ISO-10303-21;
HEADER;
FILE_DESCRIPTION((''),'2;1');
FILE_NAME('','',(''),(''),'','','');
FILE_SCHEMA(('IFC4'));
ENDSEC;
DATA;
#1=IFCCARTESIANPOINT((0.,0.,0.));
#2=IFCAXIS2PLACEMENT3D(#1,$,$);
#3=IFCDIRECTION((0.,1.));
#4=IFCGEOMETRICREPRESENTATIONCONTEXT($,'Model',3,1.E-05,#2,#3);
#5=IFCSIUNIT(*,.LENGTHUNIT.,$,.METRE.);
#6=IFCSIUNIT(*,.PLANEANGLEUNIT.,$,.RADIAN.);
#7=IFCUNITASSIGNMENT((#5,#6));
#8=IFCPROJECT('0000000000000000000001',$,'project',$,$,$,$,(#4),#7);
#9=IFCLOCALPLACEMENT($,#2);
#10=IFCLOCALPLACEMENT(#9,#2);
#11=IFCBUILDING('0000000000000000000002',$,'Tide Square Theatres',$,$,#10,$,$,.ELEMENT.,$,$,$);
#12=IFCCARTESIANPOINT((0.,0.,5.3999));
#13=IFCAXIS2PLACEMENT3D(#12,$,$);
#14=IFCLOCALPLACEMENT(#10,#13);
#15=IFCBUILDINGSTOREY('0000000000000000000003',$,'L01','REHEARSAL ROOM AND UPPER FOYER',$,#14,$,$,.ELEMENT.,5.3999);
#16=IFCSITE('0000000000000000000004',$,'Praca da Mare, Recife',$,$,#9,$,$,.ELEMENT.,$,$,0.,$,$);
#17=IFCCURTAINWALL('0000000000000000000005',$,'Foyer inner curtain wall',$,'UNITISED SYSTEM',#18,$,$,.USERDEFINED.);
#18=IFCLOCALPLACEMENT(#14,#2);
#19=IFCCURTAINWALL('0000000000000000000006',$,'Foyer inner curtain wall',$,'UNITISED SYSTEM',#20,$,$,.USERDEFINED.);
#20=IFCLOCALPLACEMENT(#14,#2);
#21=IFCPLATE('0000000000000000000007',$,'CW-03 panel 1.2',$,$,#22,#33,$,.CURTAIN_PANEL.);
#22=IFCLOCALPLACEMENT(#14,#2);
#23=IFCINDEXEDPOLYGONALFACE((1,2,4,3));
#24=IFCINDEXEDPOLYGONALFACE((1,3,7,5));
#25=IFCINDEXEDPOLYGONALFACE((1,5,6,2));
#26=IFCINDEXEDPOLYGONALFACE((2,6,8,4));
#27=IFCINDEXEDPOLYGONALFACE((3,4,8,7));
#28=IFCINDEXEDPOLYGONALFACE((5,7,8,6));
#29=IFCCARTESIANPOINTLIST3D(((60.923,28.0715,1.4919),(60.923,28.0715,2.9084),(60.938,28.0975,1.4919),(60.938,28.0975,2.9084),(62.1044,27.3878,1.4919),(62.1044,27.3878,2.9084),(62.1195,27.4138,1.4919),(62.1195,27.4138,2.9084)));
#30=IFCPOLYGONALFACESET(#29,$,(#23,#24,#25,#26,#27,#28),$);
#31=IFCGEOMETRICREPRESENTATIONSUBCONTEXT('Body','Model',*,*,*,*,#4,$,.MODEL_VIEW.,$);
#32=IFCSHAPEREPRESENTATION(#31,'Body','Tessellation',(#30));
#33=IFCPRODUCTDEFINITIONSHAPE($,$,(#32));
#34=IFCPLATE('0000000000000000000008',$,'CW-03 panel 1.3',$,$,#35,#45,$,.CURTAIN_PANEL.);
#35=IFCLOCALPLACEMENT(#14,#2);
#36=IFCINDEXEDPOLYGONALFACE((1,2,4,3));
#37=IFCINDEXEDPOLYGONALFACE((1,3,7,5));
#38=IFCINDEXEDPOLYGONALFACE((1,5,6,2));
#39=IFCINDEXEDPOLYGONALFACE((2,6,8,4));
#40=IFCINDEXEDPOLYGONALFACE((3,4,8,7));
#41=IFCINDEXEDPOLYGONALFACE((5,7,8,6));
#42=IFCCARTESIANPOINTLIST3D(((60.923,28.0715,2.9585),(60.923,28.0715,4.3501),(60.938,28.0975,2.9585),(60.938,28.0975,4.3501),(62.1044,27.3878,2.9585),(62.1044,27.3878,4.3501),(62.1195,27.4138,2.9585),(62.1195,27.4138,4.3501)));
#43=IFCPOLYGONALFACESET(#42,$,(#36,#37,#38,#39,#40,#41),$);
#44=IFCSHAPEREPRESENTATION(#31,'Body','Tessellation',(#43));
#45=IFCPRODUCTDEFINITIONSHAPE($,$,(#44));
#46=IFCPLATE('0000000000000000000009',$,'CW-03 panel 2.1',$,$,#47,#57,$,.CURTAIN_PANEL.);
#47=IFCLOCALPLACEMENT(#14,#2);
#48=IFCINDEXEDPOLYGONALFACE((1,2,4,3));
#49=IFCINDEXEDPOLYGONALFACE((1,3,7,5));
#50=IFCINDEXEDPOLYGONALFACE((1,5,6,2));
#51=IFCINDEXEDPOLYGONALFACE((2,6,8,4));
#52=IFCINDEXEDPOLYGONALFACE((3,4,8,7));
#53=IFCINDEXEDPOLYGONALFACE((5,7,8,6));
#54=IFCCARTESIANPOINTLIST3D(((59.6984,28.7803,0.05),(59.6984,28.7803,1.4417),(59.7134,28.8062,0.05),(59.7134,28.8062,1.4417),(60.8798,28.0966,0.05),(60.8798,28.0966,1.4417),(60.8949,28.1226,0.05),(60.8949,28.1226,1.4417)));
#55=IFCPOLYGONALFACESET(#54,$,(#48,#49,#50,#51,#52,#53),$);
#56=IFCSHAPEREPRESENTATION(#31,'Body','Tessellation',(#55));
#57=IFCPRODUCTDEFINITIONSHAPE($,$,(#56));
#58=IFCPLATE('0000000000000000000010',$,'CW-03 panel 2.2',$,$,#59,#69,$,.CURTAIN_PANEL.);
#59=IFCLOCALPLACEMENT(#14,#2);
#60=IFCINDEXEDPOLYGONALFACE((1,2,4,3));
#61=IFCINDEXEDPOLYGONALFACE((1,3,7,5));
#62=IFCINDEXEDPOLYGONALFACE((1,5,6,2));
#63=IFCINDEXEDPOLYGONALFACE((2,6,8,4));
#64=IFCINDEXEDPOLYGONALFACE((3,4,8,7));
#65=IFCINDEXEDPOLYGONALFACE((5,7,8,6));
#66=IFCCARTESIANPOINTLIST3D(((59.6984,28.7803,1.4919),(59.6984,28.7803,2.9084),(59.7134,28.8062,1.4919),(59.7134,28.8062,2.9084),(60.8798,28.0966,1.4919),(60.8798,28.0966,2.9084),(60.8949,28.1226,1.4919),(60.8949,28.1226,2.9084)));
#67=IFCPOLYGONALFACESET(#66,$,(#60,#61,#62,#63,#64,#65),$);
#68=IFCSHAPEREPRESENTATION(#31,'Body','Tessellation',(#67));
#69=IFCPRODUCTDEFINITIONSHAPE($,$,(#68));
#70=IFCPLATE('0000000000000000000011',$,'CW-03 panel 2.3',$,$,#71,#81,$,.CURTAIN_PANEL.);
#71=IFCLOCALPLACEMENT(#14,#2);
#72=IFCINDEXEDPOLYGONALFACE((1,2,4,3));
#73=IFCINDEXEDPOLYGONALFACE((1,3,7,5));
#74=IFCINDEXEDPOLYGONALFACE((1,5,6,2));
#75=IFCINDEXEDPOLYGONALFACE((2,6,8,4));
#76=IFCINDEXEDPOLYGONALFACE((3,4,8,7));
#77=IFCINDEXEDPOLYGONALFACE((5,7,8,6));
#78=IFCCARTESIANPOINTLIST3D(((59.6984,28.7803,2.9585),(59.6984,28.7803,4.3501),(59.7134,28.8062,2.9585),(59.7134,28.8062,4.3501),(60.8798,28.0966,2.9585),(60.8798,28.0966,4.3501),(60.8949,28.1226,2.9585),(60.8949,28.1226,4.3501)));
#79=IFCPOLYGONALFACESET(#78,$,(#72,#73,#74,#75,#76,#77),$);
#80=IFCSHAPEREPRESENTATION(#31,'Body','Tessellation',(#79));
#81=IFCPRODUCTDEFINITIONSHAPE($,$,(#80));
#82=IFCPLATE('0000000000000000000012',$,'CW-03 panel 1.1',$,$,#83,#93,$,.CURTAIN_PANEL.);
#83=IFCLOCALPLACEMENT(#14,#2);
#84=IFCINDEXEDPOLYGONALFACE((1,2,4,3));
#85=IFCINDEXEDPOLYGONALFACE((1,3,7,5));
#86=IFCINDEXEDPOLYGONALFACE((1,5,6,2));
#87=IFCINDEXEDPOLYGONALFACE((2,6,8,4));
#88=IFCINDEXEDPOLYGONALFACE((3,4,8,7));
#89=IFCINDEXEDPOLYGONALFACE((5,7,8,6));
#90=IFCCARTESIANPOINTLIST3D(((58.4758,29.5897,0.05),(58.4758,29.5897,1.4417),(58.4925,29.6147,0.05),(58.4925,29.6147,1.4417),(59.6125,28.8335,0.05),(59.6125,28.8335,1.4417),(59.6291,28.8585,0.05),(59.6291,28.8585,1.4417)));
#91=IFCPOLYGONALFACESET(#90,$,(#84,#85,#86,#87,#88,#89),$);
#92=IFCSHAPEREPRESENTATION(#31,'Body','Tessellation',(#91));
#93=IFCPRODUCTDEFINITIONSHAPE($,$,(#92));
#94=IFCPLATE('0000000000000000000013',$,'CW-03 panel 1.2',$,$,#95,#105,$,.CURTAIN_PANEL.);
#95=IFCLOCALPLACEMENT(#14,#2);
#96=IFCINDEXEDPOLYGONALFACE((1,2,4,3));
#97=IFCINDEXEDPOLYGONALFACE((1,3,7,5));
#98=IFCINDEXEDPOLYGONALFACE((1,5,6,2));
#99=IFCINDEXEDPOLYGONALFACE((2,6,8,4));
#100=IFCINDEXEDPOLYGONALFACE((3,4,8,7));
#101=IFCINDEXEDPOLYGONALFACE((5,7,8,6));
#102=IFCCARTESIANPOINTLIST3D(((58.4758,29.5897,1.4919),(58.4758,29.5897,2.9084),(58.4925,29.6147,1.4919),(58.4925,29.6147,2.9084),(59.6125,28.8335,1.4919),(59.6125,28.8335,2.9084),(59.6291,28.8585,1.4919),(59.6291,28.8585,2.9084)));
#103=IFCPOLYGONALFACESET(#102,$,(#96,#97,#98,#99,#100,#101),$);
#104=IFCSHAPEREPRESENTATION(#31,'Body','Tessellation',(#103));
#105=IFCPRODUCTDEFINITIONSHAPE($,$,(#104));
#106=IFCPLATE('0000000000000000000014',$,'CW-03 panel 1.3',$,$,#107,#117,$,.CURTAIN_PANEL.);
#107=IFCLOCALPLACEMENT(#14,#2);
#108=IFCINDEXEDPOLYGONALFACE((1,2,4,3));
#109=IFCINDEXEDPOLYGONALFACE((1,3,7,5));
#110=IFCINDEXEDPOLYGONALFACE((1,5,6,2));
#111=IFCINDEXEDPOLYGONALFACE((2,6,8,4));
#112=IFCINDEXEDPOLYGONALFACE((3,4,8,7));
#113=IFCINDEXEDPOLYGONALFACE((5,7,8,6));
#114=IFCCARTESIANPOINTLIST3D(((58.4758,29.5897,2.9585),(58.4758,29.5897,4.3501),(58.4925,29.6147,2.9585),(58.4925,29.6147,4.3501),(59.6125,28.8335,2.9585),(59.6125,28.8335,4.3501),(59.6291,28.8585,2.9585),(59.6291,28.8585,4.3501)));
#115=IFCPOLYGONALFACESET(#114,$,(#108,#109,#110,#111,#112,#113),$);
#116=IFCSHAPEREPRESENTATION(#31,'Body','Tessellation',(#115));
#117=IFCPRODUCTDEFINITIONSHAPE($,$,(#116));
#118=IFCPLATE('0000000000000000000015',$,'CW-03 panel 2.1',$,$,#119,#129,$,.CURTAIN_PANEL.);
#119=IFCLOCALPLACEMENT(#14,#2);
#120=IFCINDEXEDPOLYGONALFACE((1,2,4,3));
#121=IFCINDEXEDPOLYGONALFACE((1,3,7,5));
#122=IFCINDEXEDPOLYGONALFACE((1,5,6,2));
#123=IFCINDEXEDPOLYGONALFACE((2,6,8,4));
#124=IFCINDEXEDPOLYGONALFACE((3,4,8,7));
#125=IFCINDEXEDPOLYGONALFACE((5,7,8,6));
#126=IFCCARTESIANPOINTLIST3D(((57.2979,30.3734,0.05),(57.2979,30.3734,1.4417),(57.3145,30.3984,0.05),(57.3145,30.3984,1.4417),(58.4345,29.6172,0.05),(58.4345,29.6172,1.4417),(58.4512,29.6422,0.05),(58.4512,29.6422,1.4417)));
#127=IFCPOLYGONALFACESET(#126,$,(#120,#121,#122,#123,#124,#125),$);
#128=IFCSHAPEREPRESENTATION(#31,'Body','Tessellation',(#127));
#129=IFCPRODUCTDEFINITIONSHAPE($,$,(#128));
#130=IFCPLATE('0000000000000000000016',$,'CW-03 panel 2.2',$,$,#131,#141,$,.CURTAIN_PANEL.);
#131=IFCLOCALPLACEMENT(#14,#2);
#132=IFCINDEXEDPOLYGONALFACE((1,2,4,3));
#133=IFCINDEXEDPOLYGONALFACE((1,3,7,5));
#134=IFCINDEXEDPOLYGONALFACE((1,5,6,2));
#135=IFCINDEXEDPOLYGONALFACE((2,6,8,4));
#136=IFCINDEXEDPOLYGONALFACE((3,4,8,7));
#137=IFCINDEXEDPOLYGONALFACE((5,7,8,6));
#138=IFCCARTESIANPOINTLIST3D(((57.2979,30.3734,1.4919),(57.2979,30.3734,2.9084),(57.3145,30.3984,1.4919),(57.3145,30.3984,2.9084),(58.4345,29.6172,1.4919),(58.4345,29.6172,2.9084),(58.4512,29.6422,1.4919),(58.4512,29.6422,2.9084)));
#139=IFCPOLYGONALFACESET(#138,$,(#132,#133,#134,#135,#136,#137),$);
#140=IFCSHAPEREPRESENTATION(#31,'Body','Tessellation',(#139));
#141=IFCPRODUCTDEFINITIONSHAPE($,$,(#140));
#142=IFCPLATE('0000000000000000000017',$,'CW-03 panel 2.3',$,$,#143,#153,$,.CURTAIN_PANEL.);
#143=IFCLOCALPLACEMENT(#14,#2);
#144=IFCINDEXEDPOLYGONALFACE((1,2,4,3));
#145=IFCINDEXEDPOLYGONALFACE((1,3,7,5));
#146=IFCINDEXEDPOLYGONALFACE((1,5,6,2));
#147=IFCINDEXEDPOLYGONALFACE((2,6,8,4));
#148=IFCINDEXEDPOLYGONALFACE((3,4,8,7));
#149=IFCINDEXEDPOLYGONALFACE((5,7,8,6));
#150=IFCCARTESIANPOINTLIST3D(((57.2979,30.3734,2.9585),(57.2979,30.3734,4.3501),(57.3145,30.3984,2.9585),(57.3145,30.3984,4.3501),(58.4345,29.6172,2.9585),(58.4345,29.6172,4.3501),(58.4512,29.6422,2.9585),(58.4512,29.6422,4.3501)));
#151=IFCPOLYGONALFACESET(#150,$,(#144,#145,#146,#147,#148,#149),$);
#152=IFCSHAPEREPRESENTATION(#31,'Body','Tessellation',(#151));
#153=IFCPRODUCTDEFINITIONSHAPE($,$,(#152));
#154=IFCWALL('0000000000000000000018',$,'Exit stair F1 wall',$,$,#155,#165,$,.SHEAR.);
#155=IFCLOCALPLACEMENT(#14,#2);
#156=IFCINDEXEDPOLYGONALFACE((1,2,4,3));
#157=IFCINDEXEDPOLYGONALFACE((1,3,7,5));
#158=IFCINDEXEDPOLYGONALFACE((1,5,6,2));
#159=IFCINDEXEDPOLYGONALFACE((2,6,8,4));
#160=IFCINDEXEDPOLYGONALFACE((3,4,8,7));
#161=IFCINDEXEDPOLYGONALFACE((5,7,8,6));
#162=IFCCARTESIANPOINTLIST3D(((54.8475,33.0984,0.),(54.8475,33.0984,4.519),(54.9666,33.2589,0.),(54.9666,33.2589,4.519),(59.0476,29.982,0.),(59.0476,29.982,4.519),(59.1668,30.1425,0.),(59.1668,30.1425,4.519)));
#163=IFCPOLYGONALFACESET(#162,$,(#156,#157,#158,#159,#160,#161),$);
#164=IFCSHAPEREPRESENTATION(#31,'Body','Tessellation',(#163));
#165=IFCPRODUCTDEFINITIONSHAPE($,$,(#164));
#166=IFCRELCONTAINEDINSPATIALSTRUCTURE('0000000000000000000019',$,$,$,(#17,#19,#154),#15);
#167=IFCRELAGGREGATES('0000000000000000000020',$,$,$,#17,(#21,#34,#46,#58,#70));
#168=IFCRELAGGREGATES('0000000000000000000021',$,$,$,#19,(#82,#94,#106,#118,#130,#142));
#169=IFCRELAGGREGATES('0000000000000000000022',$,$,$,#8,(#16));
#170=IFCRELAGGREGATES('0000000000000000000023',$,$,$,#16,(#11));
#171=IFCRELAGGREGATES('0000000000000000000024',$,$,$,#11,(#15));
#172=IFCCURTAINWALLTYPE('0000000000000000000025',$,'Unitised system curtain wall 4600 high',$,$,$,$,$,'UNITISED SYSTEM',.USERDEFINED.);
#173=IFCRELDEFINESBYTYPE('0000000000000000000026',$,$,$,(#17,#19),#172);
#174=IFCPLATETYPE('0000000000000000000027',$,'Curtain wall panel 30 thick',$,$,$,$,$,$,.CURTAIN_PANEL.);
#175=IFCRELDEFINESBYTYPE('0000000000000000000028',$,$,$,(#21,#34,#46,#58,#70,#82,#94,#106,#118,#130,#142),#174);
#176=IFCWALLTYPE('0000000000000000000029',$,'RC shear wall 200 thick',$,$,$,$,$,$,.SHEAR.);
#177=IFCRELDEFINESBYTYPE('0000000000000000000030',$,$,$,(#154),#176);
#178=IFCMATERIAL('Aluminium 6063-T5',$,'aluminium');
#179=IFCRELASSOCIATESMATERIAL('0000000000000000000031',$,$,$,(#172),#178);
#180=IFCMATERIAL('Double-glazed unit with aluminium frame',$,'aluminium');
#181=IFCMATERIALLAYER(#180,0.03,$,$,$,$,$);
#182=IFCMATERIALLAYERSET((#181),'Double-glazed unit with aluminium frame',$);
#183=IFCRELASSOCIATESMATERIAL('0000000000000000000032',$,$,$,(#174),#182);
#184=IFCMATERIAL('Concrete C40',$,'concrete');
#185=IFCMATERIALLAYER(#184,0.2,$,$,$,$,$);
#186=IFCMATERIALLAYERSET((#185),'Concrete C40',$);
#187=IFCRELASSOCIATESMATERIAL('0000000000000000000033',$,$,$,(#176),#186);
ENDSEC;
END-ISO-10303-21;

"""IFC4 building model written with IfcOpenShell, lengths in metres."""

from ifc_helpers import new_model, si_unit, direction, frame, frame_2d, origin, origin_2d, place, context, subcontext, project, spatial, rectangle, extrude, material, layer, layer_set, type_object, element, aggregate, save


model = new_model("IFC4")

# Units and contexts
model_context = context("Model", 3, precision=1e-05, world=origin(), true_north=direction((0.0, 1.0)))
body_context = subcontext(model_context, "Body", "Model", "MODEL_VIEW")
ifc_project = project(units=[si_unit("LENGTHUNIT", "METRE"), si_unit("PLANEANGLEUNIT", "RADIAN")], contexts=[model_context])

# Site, building, storey
site_placement = place(None, origin())
site = spatial("IfcSite", under=ifc_project, at=site_placement, Name="Praca da Mare, Recife", CompositionType="ELEMENT", RefElevation=0.0)
building_placement = place(site_placement, origin())
building = spatial("IfcBuilding", under=site, at=building_placement, Name="Tide Square Theatres", CompositionType="ELEMENT")
storey_placement = place(building_placement, frame((0.0, 0.0, 5.3999)))
storey = spatial("IfcBuildingStorey", under=building, at=storey_placement, Name="L01", Description="REHEARSAL ROOM AND UPPER FOYER", CompositionType="ELEMENT", Elevation=5.3999)

# Curtain walls
ifc_material_1 = material(Name="Aluminium 6063-T5", Category="aluminium")
curtain_wall_type = type_object("IfcCurtainWallType", Name="Unitised system curtain wall 4600 high", ElementType="UNITISED SYSTEM", PredefinedType="USERDEFINED", material=ifc_material_1)
curtain_wall_1_placement = place(storey_placement, origin())
curtain_wall_1 = element("IfcCurtainWall", 1, at=curtain_wall_1_placement, inside=storey, type_object=curtain_wall_type, Name="Foyer inner curtain wall", ObjectType="UNITISED SYSTEM", PredefinedType="USERDEFINED")
curtain_wall_2_placement = place(storey_placement, origin())
curtain_wall_2 = element("IfcCurtainWall", 2, at=curtain_wall_2_placement, inside=storey, type_object=curtain_wall_type, Name="Foyer inner curtain wall", ObjectType="UNITISED SYSTEM", PredefinedType="USERDEFINED")

# Plates
ifc_material_2 = material(Name="Double-glazed unit with aluminium frame", Category="aluminium")
ifc_layer_1 = layer(ifc_material_2, 0.03)
ifc_layer_set_1 = layer_set([ifc_layer_1], Name="Double-glazed unit with aluminium frame")
plate_type = type_object("IfcPlateType", Name="Curtain wall panel 30 thick", PredefinedType="CURTAIN_PANEL", material=ifc_layer_set_1)
plate_1_placement = place(storey_placement, frame((61.5212, 27.7427, 1.4919), z_axis=(0.0, 0.0, 1.0), x_axis=(-0.865525, 0.500865, 0.0)))
plate_1 = element("IfcPlate", 3, at=plate_1_placement, type_object=plate_type, Name="CW-03 panel 1.2", PredefinedType="CURTAIN_PANEL", context=body_context, shape_type="SweptSolid", body=[
    extrude(rectangle(XDim=1.365, YDim=0.03, at=origin_2d()), origin(), (0.0, 0.0, 1.0), 1.4165),
])
plate_2_placement = place(storey_placement, frame((61.5212, 27.7427, 2.9585), z_axis=(0.0, 0.0, 1.0), x_axis=(-0.865525, 0.500865, 0.0)))
plate_2 = element("IfcPlate", 4, at=plate_2_placement, type_object=plate_type, Name="CW-03 panel 1.3", PredefinedType="CURTAIN_PANEL", context=body_context, shape_type="SweptSolid", body=[
    extrude(rectangle(XDim=1.365, YDim=0.03, at=origin_2d()), origin(), (0.0, 0.0, 1.0), 1.3916),
])
plate_3_placement = place(storey_placement, frame((60.2966, 28.4514, 0.05), z_axis=(0.0, 0.0, 1.0), x_axis=(-0.865525, 0.500865, 0.0)))
plate_3 = element("IfcPlate", 5, at=plate_3_placement, type_object=plate_type, Name="CW-03 panel 2.1", PredefinedType="CURTAIN_PANEL", context=body_context, shape_type="SweptSolid", body=[
    extrude(rectangle(XDim=1.365, YDim=0.03, at=origin_2d()), origin(), (0.0, 0.0, 1.0), 1.3916),
])
plate_4_placement = place(storey_placement, frame((60.2966, 28.4514, 1.4919), z_axis=(0.0, 0.0, 1.0), x_axis=(-0.865525, 0.500865, 0.0)))
plate_4 = element("IfcPlate", 6, at=plate_4_placement, type_object=plate_type, Name="CW-03 panel 2.2", PredefinedType="CURTAIN_PANEL", context=body_context, shape_type="SweptSolid", body=[
    extrude(rectangle(XDim=1.365, YDim=0.03, at=origin_2d()), origin(), (0.0, 0.0, 1.0), 1.4165),
])
plate_5_placement = place(storey_placement, frame((60.2966, 28.4514, 2.9585), z_axis=(0.0, 0.0, 1.0), x_axis=(-0.865525, 0.500865, 0.0)))
plate_5 = element("IfcPlate", 7, at=plate_5_placement, type_object=plate_type, Name="CW-03 panel 2.3", PredefinedType="CURTAIN_PANEL", context=body_context, shape_type="SweptSolid", body=[
    extrude(rectangle(XDim=1.365, YDim=0.03, at=origin_2d()), origin(), (0.0, 0.0, 1.0), 1.3916),
])
aggregate(curtain_wall_1, [plate_1, plate_2, plate_3, plate_4, plate_5])
plate_6_placement = place(storey_placement, frame((59.0525, 29.2241, 0.05), z_axis=(0.0, 0.0, 1.0), x_axis=(-0.832573, 0.553915, 0.0)))
plate_6 = element("IfcPlate", 8, at=plate_6_placement, type_object=plate_type, Name="CW-03 panel 1.1", PredefinedType="CURTAIN_PANEL", context=body_context, shape_type="SweptSolid", body=[
    extrude(rectangle(XDim=1.3652, YDim=0.03, at=origin_2d()), origin(), (0.0, 0.0, 1.0), 1.3916),
])
plate_7_placement = place(storey_placement, frame((59.0525, 29.2241, 1.4919), z_axis=(0.0, 0.0, 1.0), x_axis=(-0.832573, 0.553915, 0.0)))
plate_7 = element("IfcPlate", 9, at=plate_7_placement, type_object=plate_type, Name="CW-03 panel 1.2", PredefinedType="CURTAIN_PANEL", context=body_context, shape_type="SweptSolid", body=[
    extrude(rectangle(XDim=1.3652, YDim=0.03, at=origin_2d()), origin(), (0.0, 0.0, 1.0), 1.4165),
])
plate_8_placement = place(storey_placement, frame((59.0525, 29.2241, 2.9585), z_axis=(0.0, 0.0, 1.0), x_axis=(-0.832573, 0.553915, 0.0)))
plate_8 = element("IfcPlate", 10, at=plate_8_placement, type_object=plate_type, Name="CW-03 panel 1.3", PredefinedType="CURTAIN_PANEL", context=body_context, shape_type="SweptSolid", body=[
    extrude(rectangle(XDim=1.3652, YDim=0.03, at=origin_2d()), origin(), (0.0, 0.0, 1.0), 1.3916),
])
plate_9_placement = place(storey_placement, frame((57.8745, 30.0078, 0.05), z_axis=(0.0, 0.0, 1.0), x_axis=(-0.832573, 0.553915, 0.0)))
plate_9 = element("IfcPlate", 11, at=plate_9_placement, type_object=plate_type, Name="CW-03 panel 2.1", PredefinedType="CURTAIN_PANEL", context=body_context, shape_type="SweptSolid", body=[
    extrude(rectangle(XDim=1.3652, YDim=0.03, at=origin_2d()), origin(), (0.0, 0.0, 1.0), 1.3916),
])
plate_10_placement = place(storey_placement, frame((57.8745, 30.0078, 1.4919), z_axis=(0.0, 0.0, 1.0), x_axis=(-0.832573, 0.553915, 0.0)))
plate_10 = element("IfcPlate", 12, at=plate_10_placement, type_object=plate_type, Name="CW-03 panel 2.2", PredefinedType="CURTAIN_PANEL", context=body_context, shape_type="SweptSolid", body=[
    extrude(rectangle(XDim=1.3652, YDim=0.03, at=origin_2d()), origin(), (0.0, 0.0, 1.0), 1.4165),
])
plate_11_placement = place(storey_placement, frame((57.8745, 30.0078, 2.9585), z_axis=(0.0, 0.0, 1.0), x_axis=(-0.832573, 0.553915, 0.0)))
plate_11 = element("IfcPlate", 13, at=plate_11_placement, type_object=plate_type, Name="CW-03 panel 2.3", PredefinedType="CURTAIN_PANEL", context=body_context, shape_type="SweptSolid", body=[
    extrude(rectangle(XDim=1.3652, YDim=0.03, at=origin_2d()), origin(), (0.0, 0.0, 1.0), 1.3916),
])
aggregate(curtain_wall_2, [plate_6, plate_7, plate_8, plate_9, plate_10, plate_11])

# Wall
ifc_material_3 = material(Name="Concrete C40", Category="concrete")
ifc_layer_2 = layer(ifc_material_3, 0.2)
ifc_layer_set_2 = layer_set([ifc_layer_2], Name="Concrete C40")
wall_type = type_object("IfcWallType", Name="RC shear wall 200 thick", PredefinedType="SHEAR", material=ifc_layer_set_2)
wall_placement = place(storey_placement, frame((59.1072, 30.0623, 0.0), z_axis=(0.0, 0.0, 1.0), x_axis=(-0.803081, 0.595869, 0.0)))
element("IfcWall", 14, at=wall_placement, inside=storey, type_object=wall_type, Name="Exit stair F1 wall", PredefinedType="SHEAR", context=body_context, shape_type="SweptSolid", body=[
    extrude(rectangle(XDim=5.23, YDim=0.2, at=frame_2d((2.615, 0.0))), origin(), (0.0, 0.0, 1.0), 4.519),
])

save(model, "model.ifc")
